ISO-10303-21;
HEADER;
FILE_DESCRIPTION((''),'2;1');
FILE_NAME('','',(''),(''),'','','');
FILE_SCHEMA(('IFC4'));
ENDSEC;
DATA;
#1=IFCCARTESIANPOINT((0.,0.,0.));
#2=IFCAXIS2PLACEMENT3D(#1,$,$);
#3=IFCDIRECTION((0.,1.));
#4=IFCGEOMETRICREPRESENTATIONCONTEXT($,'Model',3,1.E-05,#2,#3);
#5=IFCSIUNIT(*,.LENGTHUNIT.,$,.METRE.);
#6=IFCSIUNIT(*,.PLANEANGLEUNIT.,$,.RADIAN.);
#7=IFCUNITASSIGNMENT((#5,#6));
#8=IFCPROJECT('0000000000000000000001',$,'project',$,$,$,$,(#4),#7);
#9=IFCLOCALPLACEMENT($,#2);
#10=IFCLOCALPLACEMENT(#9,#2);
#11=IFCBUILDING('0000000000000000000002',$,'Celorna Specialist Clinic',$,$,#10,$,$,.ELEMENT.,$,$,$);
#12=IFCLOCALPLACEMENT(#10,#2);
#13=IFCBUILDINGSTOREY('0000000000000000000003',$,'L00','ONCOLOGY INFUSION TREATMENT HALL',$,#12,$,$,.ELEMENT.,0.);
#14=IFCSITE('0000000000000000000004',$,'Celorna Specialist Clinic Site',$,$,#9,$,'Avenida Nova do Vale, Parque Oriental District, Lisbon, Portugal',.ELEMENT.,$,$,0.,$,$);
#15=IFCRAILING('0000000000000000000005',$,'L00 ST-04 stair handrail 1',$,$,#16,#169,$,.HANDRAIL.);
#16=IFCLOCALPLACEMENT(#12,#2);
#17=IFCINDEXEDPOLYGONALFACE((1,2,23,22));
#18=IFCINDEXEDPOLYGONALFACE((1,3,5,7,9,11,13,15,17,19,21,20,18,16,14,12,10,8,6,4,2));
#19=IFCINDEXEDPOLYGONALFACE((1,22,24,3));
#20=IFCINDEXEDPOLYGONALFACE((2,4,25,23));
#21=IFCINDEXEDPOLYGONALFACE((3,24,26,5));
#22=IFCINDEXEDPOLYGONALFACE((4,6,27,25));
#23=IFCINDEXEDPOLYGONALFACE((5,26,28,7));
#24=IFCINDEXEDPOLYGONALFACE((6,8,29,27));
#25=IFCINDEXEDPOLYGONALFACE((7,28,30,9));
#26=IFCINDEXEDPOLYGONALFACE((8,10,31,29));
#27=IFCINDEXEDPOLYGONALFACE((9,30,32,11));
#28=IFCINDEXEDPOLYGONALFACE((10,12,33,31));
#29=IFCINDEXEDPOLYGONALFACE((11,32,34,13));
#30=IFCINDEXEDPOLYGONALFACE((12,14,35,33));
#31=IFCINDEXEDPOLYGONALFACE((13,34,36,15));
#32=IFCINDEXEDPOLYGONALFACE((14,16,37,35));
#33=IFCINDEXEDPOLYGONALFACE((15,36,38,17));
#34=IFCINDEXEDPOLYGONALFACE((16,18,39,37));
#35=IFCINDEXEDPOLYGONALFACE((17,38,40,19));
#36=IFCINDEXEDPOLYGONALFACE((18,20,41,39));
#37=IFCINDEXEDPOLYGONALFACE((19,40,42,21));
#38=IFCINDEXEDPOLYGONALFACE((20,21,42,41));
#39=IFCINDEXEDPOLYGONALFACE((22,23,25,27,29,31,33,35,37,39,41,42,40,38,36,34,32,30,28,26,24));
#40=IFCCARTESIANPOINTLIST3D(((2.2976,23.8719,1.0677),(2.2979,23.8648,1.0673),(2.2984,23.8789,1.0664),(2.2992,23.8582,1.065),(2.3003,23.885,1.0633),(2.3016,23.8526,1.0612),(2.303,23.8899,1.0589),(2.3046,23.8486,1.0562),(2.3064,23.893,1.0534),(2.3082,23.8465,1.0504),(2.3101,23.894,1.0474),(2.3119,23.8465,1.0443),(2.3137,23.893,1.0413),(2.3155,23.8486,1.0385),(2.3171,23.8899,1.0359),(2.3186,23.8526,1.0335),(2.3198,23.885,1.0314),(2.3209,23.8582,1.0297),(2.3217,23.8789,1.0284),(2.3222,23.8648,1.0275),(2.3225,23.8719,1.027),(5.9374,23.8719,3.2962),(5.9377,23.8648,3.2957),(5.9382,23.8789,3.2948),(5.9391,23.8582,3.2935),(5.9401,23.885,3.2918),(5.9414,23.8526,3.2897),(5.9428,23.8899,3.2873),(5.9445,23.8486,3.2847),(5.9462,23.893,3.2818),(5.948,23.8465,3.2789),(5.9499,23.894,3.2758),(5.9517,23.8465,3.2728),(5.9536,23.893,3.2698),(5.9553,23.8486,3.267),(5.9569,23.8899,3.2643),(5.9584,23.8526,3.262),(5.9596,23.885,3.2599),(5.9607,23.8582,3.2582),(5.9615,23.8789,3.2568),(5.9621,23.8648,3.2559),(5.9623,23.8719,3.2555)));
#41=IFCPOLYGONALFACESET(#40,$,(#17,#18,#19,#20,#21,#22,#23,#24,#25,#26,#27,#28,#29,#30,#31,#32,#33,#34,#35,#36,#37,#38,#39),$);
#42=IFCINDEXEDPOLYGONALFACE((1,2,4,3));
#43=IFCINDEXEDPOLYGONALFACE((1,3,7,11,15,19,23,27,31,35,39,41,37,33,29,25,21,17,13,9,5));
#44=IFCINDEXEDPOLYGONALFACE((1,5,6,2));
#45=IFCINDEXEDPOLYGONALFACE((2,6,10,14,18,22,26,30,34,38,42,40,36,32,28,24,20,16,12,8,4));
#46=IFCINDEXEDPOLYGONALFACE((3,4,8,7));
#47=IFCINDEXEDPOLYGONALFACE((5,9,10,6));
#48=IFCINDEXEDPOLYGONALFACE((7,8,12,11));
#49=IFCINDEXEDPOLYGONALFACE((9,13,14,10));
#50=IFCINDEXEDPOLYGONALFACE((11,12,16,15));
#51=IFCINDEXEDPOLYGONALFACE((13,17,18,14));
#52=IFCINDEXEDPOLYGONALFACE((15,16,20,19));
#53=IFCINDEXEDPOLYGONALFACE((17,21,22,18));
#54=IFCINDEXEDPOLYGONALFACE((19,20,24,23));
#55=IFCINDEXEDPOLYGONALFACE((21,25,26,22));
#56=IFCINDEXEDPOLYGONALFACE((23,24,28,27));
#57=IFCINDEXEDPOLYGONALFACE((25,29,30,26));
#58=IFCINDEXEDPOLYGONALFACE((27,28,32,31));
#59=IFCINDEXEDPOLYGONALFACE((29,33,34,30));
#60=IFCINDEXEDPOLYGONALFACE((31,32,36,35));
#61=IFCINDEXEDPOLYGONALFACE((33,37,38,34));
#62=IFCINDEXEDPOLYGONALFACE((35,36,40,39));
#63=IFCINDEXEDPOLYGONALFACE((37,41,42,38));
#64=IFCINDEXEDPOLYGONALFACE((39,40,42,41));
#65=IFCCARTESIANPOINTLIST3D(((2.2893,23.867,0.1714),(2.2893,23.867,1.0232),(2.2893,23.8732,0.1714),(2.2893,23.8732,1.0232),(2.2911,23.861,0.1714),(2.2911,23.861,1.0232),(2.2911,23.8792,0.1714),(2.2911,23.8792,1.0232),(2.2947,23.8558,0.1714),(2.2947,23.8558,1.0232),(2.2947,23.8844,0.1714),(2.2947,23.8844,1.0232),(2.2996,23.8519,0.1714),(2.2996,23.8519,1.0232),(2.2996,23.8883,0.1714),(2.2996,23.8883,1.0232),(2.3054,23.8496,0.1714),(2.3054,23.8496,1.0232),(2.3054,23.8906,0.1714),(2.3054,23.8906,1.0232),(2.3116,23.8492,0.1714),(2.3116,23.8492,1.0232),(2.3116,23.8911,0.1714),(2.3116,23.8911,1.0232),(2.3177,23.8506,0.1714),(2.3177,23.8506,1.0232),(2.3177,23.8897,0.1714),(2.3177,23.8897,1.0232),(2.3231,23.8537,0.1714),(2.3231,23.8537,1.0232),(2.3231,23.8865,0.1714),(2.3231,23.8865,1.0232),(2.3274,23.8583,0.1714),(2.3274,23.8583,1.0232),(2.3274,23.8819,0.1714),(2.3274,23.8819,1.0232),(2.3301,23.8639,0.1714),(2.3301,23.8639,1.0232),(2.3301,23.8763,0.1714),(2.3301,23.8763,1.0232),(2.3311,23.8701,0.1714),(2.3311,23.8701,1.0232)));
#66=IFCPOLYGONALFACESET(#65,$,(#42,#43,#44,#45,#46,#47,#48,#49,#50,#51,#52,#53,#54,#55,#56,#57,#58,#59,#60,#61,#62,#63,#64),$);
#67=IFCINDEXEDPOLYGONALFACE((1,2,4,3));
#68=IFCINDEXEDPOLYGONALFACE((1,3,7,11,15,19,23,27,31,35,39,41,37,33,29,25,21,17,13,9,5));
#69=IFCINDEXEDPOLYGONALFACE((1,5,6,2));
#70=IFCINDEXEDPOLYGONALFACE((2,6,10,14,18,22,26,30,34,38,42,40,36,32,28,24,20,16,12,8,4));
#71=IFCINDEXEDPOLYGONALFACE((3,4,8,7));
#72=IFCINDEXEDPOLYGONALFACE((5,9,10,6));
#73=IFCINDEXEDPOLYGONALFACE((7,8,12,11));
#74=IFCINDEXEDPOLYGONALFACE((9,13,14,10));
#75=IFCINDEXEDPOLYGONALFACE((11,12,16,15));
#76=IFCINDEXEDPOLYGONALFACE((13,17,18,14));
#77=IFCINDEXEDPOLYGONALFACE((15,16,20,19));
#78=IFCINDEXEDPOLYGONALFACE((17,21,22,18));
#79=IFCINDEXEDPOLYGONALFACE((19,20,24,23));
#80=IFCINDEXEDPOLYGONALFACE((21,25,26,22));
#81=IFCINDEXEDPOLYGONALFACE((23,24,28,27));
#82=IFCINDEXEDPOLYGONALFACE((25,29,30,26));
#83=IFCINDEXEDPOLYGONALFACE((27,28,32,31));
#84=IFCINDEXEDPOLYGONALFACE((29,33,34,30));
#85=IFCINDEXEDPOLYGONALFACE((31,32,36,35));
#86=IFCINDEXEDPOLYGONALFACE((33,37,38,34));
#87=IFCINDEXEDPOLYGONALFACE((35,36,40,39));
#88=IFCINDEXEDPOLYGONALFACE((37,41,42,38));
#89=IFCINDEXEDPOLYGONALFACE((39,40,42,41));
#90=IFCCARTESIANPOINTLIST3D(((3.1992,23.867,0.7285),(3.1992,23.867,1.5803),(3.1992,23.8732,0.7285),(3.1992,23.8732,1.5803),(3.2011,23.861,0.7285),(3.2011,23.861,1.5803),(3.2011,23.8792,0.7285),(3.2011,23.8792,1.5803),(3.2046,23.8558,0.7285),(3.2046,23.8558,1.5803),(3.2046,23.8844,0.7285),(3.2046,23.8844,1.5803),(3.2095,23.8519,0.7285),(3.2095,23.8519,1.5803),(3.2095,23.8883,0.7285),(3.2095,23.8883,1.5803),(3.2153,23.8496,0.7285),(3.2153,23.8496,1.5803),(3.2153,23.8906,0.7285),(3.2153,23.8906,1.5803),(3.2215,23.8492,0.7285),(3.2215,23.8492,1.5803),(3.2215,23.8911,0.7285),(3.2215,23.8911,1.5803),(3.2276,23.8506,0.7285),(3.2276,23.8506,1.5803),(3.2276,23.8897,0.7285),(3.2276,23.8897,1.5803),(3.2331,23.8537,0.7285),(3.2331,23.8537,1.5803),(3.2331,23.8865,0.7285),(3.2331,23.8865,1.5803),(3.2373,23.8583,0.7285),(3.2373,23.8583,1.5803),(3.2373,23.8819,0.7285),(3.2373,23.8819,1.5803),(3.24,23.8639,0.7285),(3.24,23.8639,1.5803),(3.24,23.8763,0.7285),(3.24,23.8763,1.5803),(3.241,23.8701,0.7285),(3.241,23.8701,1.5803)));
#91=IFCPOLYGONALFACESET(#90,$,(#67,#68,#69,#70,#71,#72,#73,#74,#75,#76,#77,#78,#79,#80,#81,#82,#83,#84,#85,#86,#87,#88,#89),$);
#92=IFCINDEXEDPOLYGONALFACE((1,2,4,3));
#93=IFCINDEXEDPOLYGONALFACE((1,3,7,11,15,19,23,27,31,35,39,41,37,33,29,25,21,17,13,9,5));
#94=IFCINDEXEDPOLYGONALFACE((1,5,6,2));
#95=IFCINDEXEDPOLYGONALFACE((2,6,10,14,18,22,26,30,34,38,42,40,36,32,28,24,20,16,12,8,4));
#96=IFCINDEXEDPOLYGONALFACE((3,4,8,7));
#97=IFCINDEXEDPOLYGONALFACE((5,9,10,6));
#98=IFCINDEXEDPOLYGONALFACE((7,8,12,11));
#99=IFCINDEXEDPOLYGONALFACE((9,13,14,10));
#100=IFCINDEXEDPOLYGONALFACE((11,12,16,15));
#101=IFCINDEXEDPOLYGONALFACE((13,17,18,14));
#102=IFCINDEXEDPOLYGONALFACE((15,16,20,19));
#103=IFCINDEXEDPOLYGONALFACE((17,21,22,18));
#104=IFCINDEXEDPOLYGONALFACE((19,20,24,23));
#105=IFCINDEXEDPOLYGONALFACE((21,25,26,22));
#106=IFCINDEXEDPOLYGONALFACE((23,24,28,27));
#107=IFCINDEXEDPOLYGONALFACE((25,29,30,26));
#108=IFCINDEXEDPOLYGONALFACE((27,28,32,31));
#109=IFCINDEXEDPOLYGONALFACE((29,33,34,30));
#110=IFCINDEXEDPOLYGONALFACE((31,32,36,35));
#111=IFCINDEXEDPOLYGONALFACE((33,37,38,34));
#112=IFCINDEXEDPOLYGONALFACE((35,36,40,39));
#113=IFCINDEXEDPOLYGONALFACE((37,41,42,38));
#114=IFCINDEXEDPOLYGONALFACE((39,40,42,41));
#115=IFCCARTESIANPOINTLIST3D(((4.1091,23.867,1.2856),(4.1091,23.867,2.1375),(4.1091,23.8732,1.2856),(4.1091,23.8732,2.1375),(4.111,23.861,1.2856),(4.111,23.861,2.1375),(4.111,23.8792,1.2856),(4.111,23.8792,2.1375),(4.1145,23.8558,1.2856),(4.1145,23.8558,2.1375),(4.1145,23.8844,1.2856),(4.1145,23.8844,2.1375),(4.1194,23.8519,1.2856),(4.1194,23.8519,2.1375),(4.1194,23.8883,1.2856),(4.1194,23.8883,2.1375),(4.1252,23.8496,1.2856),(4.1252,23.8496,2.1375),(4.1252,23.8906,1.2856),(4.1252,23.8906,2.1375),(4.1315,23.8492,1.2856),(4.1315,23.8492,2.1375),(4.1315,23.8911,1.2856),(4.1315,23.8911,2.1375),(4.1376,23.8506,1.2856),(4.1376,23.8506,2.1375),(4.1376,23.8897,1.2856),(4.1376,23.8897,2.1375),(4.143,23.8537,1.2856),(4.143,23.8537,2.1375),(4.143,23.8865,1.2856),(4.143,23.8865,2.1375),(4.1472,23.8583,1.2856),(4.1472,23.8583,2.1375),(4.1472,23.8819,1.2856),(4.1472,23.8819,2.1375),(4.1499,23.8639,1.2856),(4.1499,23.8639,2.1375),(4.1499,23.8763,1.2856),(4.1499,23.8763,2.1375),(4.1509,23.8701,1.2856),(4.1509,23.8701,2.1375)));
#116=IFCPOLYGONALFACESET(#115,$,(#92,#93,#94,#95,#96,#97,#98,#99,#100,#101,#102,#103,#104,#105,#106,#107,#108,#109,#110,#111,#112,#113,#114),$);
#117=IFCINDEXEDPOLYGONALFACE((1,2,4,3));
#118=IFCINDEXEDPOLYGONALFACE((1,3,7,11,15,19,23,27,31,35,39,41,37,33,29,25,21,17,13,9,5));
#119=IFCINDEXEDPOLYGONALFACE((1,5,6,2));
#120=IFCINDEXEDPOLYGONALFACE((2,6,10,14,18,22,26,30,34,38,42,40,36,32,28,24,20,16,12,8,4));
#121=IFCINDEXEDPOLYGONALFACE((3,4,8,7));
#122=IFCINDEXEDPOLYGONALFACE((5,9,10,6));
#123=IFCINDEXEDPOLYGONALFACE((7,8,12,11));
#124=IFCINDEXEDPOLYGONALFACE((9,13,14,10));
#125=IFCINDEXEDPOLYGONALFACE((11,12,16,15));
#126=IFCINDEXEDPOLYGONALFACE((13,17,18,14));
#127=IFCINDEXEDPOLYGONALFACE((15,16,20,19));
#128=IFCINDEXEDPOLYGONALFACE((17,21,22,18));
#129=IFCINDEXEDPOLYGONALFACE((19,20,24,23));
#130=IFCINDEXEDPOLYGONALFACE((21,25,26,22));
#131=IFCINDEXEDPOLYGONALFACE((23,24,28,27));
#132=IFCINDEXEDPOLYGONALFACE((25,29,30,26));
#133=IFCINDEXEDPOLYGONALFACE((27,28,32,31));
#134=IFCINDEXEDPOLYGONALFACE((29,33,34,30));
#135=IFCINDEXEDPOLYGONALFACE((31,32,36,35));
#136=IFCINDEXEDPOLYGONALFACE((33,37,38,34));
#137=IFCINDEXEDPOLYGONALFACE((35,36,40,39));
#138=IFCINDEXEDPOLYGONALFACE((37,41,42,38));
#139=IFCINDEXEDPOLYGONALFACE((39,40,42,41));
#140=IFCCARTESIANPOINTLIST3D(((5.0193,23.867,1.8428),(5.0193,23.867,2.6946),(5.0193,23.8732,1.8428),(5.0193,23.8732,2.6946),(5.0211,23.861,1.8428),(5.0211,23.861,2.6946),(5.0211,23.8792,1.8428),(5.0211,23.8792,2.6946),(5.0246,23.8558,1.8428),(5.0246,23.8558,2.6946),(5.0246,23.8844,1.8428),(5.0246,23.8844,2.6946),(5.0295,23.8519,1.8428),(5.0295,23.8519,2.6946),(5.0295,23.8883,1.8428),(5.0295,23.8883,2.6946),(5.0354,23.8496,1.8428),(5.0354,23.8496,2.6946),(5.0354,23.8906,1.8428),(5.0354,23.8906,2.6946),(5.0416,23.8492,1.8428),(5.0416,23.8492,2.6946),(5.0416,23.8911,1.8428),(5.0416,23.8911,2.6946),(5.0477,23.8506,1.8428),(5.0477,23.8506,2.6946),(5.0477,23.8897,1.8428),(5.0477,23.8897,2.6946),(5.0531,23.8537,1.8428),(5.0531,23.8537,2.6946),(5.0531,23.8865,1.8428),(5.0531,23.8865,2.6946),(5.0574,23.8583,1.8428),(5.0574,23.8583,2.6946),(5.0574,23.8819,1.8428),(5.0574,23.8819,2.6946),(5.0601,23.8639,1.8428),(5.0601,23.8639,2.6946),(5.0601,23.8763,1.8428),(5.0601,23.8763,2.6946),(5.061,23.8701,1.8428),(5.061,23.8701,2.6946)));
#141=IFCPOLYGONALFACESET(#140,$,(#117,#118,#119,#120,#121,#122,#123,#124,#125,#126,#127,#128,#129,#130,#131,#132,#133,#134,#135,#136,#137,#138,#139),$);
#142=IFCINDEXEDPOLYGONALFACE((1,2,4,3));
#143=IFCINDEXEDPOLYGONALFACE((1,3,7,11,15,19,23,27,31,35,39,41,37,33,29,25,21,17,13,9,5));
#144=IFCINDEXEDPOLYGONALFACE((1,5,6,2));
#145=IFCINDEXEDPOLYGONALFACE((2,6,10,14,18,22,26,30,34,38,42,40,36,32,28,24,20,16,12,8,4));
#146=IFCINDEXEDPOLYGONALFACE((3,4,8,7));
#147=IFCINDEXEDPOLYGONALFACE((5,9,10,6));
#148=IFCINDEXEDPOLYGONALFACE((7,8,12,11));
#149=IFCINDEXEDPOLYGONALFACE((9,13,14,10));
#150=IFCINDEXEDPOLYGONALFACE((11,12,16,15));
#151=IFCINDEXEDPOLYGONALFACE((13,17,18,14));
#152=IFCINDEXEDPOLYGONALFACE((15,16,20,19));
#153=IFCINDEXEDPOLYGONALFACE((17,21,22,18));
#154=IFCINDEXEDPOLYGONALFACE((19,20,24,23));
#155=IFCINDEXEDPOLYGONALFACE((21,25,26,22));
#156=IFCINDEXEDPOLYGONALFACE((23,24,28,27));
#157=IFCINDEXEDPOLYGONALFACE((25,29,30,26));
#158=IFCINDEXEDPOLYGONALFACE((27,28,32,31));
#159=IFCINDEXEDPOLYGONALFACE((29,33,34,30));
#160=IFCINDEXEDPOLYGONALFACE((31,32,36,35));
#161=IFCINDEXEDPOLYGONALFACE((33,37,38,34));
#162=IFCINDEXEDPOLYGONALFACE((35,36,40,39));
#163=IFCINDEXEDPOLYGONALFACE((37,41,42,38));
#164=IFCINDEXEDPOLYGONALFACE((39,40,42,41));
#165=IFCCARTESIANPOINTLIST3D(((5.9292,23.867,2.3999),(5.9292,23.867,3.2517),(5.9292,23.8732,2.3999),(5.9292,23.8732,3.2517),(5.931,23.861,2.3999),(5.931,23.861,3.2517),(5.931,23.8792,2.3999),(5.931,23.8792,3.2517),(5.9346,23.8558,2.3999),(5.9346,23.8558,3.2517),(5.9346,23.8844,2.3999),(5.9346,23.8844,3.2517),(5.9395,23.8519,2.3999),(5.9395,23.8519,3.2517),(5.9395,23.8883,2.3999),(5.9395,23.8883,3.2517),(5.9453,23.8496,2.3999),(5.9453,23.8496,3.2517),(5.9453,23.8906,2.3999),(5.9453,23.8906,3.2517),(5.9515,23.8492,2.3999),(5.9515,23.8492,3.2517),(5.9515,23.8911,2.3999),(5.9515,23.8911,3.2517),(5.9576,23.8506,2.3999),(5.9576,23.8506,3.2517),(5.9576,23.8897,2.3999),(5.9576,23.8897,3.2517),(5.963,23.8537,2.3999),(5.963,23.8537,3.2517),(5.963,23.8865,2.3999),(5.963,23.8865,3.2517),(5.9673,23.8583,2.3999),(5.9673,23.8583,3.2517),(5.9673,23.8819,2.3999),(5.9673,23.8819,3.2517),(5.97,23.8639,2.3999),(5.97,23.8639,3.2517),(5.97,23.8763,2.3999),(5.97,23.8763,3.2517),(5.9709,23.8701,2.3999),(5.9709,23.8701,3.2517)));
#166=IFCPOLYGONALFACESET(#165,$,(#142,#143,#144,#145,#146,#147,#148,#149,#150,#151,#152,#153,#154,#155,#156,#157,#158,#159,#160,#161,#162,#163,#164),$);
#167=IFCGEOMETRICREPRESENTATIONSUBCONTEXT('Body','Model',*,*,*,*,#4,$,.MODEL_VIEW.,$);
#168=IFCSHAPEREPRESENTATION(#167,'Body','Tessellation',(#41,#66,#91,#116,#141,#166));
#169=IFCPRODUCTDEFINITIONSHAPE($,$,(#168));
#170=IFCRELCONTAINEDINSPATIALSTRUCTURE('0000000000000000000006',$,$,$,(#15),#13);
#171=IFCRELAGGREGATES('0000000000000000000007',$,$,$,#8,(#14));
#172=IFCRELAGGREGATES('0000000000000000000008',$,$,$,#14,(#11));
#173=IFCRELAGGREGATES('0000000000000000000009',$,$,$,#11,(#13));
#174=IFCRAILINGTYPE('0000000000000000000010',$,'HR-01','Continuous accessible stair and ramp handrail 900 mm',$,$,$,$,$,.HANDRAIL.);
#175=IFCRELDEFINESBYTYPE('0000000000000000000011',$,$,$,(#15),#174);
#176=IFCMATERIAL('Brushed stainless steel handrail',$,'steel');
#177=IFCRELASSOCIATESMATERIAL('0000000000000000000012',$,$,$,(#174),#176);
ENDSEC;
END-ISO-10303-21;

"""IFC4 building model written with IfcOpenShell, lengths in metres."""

from ifc_helpers import new_model, si_unit, direction, frame, origin, origin_2d, place, context, subcontext, project, spatial, circle, extrude, material, type_object, element, save


model = new_model("IFC4")

# Units and contexts
model_context = context("Model", 3, precision=1e-05, world=origin(), true_north=direction((0.0, 1.0)))
body_context = subcontext(model_context, "Body", "Model", "MODEL_VIEW")
ifc_project = project(units=[si_unit("LENGTHUNIT", "METRE"), si_unit("PLANEANGLEUNIT", "RADIAN")], contexts=[model_context])

# Site, building, storey
site_placement = place(None, origin())
site = spatial("IfcSite", under=ifc_project, at=site_placement, Name="Celorna Specialist Clinic Site", LongName="Avenida Nova do Vale, Parque Oriental District, Lisbon, Portugal", CompositionType="ELEMENT", RefElevation=0.0)
building_placement = place(site_placement, origin())
building = spatial("IfcBuilding", under=site, at=building_placement, Name="Celorna Specialist Clinic", CompositionType="ELEMENT")
storey_placement = place(building_placement, origin())
storey = spatial("IfcBuildingStorey", under=building, at=storey_placement, Name="L00", Description="ONCOLOGY INFUSION TREATMENT HALL", CompositionType="ELEMENT", Elevation=0.0)

# Railing
ifc_material_1 = material(Name="Brushed stainless steel handrail", Category="steel")
railing_type_1 = type_object("IfcRailingType", Name="HR-01", Description="Continuous accessible stair and ramp handrail 900 mm", PredefinedType="HANDRAIL", material=ifc_material_1)
railing_1_placement = place(storey_placement, frame((2.3101, 23.8701, 0.1714)))
element("IfcRailing", 1, at=railing_1_placement, inside=storey, type_object=railing_type_1, Name="L00 ST-04 stair handrail 1", PredefinedType="HANDRAIL", context=body_context, shape_type="SweptSolid", body=[
    extrude(circle(Radius=0.0239, at=origin_2d()), frame((0.0, 0.0, 0.876), z_axis=(0.85285, 0.0, 0.522156), x_axis=(0.0, 1.0, 0.0)), (0.0, 0.0, 1.0), 4.2678),
    extrude(circle(Radius=0.021, at=origin_2d()), origin(), (0.0, 0.0, 1.0), 0.8518),
    extrude(circle(Radius=0.021, at=origin_2d()), frame((0.9099, 0.0, 0.5571)), (0.0, 0.0, 1.0), 0.8518),
    extrude(circle(Radius=0.021, at=origin_2d()), frame((1.8198, 0.0, 1.1143)), (0.0, 0.0, 1.0), 0.8518),
    extrude(circle(Radius=0.021, at=origin_2d()), frame((2.73, 0.0, 1.6714)), (0.0, 0.0, 1.0), 0.8518),
    extrude(circle(Radius=0.021, at=origin_2d()), frame((3.6399, 0.0, 2.2285)), (0.0, 0.0, 1.0), 0.8518),
])

save(model, "model.ifc")
